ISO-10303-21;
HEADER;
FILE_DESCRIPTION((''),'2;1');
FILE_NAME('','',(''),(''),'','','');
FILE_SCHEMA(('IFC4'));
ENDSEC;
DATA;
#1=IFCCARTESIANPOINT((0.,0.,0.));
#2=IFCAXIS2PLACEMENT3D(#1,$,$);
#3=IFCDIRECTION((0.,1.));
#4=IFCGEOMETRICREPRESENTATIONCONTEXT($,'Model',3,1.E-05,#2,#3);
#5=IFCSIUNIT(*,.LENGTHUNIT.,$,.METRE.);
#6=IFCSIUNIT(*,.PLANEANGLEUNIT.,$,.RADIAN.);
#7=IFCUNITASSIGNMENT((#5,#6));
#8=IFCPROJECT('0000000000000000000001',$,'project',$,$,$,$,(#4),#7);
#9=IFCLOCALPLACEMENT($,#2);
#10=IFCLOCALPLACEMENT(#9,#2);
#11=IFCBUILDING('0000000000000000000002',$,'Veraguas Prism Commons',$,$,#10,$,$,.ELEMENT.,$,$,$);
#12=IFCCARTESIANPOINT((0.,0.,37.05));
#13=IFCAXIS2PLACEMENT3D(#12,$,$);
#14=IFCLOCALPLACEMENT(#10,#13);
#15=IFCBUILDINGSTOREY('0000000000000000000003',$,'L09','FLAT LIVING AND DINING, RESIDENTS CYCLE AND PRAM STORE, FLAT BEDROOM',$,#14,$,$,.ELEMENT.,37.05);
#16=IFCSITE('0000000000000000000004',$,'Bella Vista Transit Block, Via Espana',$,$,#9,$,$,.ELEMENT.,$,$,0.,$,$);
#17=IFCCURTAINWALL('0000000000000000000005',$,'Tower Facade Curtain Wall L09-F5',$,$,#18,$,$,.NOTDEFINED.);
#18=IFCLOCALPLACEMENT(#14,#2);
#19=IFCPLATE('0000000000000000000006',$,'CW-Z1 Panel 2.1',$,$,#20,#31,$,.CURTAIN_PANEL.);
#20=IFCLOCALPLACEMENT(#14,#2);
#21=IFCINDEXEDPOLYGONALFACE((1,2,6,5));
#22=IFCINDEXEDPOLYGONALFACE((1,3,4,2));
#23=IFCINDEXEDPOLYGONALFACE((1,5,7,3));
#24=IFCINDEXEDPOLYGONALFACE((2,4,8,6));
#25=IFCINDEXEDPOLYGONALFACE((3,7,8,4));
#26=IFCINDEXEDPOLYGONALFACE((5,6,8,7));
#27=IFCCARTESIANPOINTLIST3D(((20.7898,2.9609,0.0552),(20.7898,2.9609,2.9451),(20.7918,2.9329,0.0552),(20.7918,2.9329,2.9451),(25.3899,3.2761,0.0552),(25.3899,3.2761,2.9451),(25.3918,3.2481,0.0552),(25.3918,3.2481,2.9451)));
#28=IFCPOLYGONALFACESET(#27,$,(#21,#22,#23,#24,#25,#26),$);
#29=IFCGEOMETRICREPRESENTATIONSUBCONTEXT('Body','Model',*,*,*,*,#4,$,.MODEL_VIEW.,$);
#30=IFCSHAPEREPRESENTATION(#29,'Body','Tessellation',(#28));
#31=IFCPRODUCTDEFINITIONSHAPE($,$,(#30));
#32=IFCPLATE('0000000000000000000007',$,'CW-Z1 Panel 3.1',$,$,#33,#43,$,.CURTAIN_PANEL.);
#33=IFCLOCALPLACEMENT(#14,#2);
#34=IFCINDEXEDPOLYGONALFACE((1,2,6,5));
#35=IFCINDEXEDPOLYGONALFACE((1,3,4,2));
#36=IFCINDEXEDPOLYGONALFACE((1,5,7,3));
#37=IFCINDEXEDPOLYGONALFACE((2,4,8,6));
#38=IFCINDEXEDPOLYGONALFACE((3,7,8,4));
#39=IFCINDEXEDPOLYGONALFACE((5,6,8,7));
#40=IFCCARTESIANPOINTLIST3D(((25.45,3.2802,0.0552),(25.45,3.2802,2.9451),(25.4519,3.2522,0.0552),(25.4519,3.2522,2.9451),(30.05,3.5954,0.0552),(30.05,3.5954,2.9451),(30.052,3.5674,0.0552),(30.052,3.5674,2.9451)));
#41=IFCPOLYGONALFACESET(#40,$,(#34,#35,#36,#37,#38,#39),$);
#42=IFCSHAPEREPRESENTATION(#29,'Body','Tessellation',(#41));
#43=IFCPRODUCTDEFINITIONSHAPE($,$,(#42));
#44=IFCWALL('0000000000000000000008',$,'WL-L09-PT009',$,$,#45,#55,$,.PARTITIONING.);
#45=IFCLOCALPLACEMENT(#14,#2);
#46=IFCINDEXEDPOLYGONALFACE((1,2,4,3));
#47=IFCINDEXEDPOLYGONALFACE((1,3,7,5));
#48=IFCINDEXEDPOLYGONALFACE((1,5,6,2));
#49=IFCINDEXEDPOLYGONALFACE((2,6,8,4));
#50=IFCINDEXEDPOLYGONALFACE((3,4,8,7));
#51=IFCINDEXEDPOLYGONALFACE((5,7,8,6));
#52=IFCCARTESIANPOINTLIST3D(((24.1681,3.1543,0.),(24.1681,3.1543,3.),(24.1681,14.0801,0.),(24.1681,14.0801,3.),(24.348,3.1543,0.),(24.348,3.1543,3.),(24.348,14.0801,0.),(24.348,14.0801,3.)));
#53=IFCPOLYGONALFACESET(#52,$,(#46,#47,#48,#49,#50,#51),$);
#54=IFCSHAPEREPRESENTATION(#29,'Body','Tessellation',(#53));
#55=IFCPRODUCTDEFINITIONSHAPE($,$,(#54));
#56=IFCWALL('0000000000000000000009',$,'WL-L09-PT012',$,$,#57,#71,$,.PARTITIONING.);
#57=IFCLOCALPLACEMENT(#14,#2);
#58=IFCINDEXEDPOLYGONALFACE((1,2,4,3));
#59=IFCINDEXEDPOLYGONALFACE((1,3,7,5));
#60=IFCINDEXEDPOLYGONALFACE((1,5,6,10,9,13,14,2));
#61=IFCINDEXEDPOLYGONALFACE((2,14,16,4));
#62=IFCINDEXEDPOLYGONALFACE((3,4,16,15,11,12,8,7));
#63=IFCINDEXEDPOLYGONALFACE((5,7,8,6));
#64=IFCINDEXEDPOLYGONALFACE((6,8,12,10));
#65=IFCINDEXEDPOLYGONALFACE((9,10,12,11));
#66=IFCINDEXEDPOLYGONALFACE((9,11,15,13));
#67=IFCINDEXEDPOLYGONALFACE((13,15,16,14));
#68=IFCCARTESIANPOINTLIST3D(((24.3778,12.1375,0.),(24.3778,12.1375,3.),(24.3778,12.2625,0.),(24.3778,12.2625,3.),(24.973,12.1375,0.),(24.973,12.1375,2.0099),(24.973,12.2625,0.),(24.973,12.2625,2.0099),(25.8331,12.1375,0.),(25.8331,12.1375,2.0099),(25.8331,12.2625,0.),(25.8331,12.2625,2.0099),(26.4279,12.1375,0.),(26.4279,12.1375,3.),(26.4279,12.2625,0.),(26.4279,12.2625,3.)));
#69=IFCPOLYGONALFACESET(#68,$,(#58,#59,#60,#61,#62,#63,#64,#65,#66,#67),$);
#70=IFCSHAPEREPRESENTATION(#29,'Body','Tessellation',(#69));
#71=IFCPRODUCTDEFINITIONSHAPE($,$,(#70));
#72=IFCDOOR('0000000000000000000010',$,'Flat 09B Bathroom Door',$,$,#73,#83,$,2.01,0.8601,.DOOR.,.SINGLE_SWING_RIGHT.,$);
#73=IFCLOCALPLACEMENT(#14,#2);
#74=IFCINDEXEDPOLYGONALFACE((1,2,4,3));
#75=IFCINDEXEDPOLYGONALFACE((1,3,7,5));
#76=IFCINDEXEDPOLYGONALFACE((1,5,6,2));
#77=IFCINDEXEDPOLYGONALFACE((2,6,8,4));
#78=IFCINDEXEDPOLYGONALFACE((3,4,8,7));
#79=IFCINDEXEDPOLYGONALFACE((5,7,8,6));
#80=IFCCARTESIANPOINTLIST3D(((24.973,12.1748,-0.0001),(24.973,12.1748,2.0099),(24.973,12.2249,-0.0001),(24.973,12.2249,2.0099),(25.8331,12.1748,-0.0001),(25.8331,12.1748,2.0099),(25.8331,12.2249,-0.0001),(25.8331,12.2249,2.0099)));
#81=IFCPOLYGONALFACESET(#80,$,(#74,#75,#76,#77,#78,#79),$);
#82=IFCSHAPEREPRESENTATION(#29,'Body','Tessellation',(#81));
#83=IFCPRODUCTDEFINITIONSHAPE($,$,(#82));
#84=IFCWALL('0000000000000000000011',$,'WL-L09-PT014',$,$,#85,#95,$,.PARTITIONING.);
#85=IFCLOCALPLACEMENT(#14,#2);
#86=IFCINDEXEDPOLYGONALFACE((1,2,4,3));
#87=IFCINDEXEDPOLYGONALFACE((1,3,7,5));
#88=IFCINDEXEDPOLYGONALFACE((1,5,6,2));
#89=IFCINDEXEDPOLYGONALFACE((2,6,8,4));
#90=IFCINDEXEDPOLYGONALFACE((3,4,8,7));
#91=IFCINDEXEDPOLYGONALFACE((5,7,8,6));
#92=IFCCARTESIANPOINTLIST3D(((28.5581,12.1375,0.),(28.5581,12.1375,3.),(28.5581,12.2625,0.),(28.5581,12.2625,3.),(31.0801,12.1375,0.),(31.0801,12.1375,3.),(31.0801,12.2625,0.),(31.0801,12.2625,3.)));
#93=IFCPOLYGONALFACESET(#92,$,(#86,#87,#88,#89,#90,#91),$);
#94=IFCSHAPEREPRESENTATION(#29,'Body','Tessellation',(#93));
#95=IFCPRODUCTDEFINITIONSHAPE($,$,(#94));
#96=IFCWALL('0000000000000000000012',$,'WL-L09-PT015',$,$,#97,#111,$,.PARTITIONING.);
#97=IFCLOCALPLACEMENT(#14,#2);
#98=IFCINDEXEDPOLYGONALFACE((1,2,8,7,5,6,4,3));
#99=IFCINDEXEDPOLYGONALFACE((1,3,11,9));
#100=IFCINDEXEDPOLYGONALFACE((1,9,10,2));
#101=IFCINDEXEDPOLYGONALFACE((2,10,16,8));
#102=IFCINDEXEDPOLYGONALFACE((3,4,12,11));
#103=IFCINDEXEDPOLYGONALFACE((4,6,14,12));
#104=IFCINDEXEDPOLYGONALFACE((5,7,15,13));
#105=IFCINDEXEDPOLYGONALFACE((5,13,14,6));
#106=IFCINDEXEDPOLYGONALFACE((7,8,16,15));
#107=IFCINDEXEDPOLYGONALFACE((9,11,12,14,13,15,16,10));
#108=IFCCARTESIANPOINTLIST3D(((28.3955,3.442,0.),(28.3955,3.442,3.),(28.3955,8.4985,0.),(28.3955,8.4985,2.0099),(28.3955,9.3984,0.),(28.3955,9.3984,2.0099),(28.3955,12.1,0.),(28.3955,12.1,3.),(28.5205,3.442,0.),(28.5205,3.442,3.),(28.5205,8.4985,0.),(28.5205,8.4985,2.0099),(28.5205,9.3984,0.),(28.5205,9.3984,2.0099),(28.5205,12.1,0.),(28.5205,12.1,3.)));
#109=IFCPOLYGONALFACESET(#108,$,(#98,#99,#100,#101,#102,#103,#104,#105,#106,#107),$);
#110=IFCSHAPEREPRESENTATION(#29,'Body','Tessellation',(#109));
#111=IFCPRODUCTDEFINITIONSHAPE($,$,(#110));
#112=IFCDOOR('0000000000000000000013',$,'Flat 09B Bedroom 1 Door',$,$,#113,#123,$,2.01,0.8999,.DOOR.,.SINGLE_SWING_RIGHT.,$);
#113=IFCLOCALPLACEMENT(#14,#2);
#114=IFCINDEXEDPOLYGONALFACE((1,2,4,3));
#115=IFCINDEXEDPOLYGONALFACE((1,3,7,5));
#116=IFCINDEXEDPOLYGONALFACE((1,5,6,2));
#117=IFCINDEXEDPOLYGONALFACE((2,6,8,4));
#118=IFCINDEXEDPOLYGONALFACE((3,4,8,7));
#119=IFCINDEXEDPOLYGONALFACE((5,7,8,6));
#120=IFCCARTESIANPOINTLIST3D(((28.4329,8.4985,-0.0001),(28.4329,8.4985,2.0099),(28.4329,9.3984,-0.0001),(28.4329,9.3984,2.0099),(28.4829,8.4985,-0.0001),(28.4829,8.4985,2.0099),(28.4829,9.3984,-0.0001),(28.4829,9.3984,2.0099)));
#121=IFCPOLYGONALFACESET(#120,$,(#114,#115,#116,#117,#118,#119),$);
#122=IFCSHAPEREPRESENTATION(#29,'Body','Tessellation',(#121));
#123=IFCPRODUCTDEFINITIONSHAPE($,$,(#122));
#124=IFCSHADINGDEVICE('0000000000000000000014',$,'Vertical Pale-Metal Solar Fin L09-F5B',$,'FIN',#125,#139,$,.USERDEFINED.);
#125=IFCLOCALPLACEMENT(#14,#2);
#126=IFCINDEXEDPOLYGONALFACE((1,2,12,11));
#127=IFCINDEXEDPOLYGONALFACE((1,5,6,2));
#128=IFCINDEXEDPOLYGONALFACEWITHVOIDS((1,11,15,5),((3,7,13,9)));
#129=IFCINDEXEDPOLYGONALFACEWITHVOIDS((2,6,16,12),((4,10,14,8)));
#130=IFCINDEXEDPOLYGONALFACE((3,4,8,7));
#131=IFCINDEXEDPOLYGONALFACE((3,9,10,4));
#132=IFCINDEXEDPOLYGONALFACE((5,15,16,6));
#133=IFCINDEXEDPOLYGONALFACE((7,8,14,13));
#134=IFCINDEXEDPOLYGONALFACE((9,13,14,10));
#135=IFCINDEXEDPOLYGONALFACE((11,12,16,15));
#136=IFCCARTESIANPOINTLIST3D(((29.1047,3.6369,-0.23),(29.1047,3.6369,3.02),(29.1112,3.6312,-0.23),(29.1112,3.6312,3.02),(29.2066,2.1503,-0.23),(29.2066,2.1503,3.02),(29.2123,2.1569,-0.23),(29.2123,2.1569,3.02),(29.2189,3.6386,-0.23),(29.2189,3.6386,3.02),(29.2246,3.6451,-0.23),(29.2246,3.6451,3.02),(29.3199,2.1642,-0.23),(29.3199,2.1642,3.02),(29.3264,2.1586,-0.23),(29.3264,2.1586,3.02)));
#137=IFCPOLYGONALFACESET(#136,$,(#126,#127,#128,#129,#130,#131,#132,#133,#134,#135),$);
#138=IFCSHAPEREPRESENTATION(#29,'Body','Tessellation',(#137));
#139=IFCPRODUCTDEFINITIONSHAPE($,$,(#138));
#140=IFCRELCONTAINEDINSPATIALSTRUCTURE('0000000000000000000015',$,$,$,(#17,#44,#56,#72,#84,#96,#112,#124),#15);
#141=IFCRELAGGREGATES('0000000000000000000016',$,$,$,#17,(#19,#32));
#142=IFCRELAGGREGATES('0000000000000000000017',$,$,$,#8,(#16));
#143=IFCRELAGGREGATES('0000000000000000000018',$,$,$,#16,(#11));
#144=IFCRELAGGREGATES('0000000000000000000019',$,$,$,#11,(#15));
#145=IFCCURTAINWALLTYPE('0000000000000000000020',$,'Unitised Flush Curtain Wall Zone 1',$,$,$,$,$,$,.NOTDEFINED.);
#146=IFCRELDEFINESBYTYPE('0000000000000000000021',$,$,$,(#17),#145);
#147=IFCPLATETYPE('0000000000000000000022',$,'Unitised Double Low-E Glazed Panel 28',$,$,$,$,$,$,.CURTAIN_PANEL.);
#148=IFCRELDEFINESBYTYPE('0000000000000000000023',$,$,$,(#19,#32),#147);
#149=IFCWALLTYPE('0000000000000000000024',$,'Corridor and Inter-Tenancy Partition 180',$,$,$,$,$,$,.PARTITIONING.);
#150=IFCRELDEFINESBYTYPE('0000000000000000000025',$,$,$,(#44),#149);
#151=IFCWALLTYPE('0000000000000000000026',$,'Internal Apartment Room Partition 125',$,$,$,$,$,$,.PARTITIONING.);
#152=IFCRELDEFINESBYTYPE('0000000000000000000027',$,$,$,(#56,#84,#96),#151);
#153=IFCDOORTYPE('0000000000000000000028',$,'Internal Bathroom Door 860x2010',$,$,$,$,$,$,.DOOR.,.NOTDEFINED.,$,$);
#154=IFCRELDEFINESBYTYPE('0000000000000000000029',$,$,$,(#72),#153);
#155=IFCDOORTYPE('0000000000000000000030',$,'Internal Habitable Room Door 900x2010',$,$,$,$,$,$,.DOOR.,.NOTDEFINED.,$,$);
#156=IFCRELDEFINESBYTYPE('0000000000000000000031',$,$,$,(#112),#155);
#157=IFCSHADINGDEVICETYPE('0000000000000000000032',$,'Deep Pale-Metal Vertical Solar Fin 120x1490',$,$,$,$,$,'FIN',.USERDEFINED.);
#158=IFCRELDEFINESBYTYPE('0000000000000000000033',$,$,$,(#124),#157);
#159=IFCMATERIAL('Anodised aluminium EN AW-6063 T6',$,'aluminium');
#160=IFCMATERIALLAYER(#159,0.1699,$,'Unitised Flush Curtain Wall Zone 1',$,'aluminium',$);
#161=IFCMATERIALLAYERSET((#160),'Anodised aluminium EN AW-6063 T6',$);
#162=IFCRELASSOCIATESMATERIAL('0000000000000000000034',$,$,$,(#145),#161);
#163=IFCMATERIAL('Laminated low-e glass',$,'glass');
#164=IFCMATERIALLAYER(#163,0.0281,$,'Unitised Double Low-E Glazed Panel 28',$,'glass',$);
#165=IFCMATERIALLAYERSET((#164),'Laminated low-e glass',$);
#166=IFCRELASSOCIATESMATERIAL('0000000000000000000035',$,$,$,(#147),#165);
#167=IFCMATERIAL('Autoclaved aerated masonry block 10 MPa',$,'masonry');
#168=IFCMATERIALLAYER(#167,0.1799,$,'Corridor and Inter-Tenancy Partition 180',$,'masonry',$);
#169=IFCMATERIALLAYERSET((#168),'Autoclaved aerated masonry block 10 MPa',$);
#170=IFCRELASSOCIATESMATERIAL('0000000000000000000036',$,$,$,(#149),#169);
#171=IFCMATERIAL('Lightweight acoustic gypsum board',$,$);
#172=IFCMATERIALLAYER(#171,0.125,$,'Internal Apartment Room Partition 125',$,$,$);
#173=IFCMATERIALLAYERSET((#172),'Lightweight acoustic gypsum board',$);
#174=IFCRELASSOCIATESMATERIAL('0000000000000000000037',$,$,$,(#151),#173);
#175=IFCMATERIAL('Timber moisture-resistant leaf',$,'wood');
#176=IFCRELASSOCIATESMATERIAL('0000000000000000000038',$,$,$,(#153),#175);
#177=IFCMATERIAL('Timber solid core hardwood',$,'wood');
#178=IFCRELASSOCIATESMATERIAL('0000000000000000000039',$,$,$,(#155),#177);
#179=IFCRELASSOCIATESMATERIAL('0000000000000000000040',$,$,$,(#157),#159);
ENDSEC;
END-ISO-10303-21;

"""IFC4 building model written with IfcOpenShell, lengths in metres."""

from ifc_helpers import new_model, si_unit, direction, frame, frame_2d, origin, origin_2d, place, context, subcontext, project, spatial, rectangle, hollow_rectangle, extrude, source, transform, mapped, material, layer, layer_set, material_profile, profile_set, type_object, element, fill, aggregate, save


model = new_model("IFC4")

# Units and contexts
model_context = context("Model", 3, precision=1e-05, world=origin(), true_north=direction((0.0, 1.0)))
body_context = subcontext(model_context, "Body", "Model", "MODEL_VIEW")
ifc_project = project(units=[si_unit("LENGTHUNIT", "METRE"), si_unit("PLANEANGLEUNIT", "RADIAN")], contexts=[model_context])

# Site, building, storey
site_placement = place(None, origin())
site = spatial("IfcSite", under=ifc_project, at=site_placement, Name="Bella Vista Transit Block, Via Espana", CompositionType="ELEMENT", RefElevation=0.0)
building_placement = place(site_placement, origin())
building = spatial("IfcBuilding", under=site, at=building_placement, Name="Veraguas Prism Commons", CompositionType="ELEMENT")
storey_placement = place(building_placement, frame((0.0, 0.0, 37.05)))
storey = spatial("IfcBuildingStorey", under=building, at=storey_placement, Name="L09", Description="FLAT LIVING AND DINING, RESIDENTS CYCLE AND PRAM STORE, FLAT BEDROOM", CompositionType="ELEMENT", Elevation=37.05)

# Curtain wall, plates
ifc_material_1 = material(Name="Anodised aluminium EN AW-6063 T6", Category="aluminium")
ifc_layer_1 = layer(ifc_material_1, 0.1699, Name="Unitised Flush Curtain Wall Zone 1", Category="aluminium")
ifc_layer_set_1 = layer_set([ifc_layer_1], Name="Anodised aluminium EN AW-6063 T6")
curtain_wall_type = type_object("IfcCurtainWallType", Name="Unitised Flush Curtain Wall Zone 1", PredefinedType="NOTDEFINED", material=ifc_layer_set_1)
curtain_wall_placement = place(storey_placement, origin())
curtain_wall = element("IfcCurtainWall", 1, at=curtain_wall_placement, inside=storey, type_object=curtain_wall_type, Name="Tower Facade Curtain Wall L09-F5", PredefinedType="NOTDEFINED")
ifc_material_2 = material(Name="Laminated low-e glass", Category="glass")
ifc_layer_2 = layer(ifc_material_2, 0.0281, Name="Unitised Double Low-E Glazed Panel 28", Category="glass")
ifc_layer_set_2 = layer_set([ifc_layer_2], Name="Laminated low-e glass")
plate_type = type_object("IfcPlateType", Name="Unitised Double Low-E Glazed Panel 28", PredefinedType="CURTAIN_PANEL", material=ifc_layer_set_2)
shared_shape_1 = source(origin(), body_context, "Body", "SweptSolid", [
    extrude(rectangle(XDim=4.6108, YDim=0.0281, at=origin_2d()), origin(), (0.0, 0.0, 1.0), 2.8899),
])
plate_1_placement = place(storey_placement, frame((23.0908, 3.1045, 0.0552), z_axis=(0.0, 0.0, 1.0), x_axis=(0.99766, 0.068364, 0.0)))
plate_1 = element("IfcPlate", 2, at=plate_1_placement, type_object=plate_type, Name="CW-Z1 Panel 2.1", PredefinedType="CURTAIN_PANEL", context=body_context, shape_type="MappedRepresentation", body=[
    mapped(shared_shape_1, transform((0.0, 0.0, 0.0), scale=1.0)),
])
plate_2_placement = place(storey_placement, frame((27.751, 3.4238, 0.0552), z_axis=(0.0, 0.0, 1.0), x_axis=(0.99766, 0.068364, 0.0)))
plate_2 = element("IfcPlate", 3, at=plate_2_placement, type_object=plate_type, Name="CW-Z1 Panel 3.1", PredefinedType="CURTAIN_PANEL", context=body_context, shape_type="MappedRepresentation", body=[
    mapped(shared_shape_1, transform((0.0, 0.0, 0.0), scale=1.0)),
])
aggregate(curtain_wall, [plate_1, plate_2])

# Wall
ifc_material_3 = material(Name="Autoclaved aerated masonry block 10 MPa", Category="masonry")
ifc_layer_3 = layer(ifc_material_3, 0.1799, Name="Corridor and Inter-Tenancy Partition 180", Category="masonry")
ifc_layer_set_3 = layer_set([ifc_layer_3], Name="Autoclaved aerated masonry block 10 MPa")
wall_type_1 = type_object("IfcWallType", Name="Corridor and Inter-Tenancy Partition 180", PredefinedType="PARTITIONING", material=ifc_layer_set_3)
wall_1_placement = place(storey_placement, frame((24.2581, 14.0801, 0.0), z_axis=(0.0, 0.0, 1.0), x_axis=(0.0, -1.0, 0.0)))
element("IfcWall", 4, at=wall_1_placement, inside=storey, type_object=wall_type_1, Name="WL-L09-PT009", PredefinedType="PARTITIONING", context=body_context, shape_type="SweptSolid", body=[
    extrude(rectangle(XDim=10.9258, YDim=0.1799, at=frame_2d((5.4629, 0.0))), origin(), (0.0, 0.0, 1.0), 3.0),
])

# Wall, opening, door
ifc_material_4 = material(Name="Lightweight acoustic gypsum board")
ifc_layer_4 = layer(ifc_material_4, 0.125, Name="Internal Apartment Room Partition 125")
ifc_layer_set_4 = layer_set([ifc_layer_4], Name="Lightweight acoustic gypsum board")
wall_type_2 = type_object("IfcWallType", Name="Internal Apartment Room Partition 125", PredefinedType="PARTITIONING", material=ifc_layer_set_4)
wall_2_placement = place(storey_placement, frame((24.3779, 12.2, 0.0), z_axis=(0.0, 0.0, 1.0), x_axis=(1.0, 0.0, 0.0)))
wall_2 = element("IfcWall", 5, at=wall_2_placement, inside=storey, type_object=wall_type_2, Name="WL-L09-PT012", PredefinedType="PARTITIONING", context=body_context, shape_type="SweptSolid", body=[
    extrude(rectangle(XDim=2.05, YDim=0.125, at=frame_2d((1.0249, 0.0))), origin(), (0.0, 0.0, 1.0), 3.0),
])
opening_1_placement = place(wall_2_placement, frame((0.595, 0.0, 0.0)))
opening_1 = element("IfcOpeningElement", 6, at=opening_1_placement, cuts=wall_2, PredefinedType="OPENING", context=body_context, shape_type="SweptSolid", body=[
    extrude(rectangle(XDim=0.8601, YDim=2.01, at=frame_2d((0.4302, 1.0049))), frame((0.0, 0.0725, 0.0), z_axis=(0.0, -1.0, 0.0), x_axis=(1.0, 0.0, 0.0)), (0.0, 0.0, 1.0), 0.145),
])
ifc_material_5 = material(Name="Timber moisture-resistant leaf", Category="wood")
door_type_1 = type_object("IfcDoorType", Name="Internal Bathroom Door 860x2010", OperationType="NOTDEFINED", PredefinedType="DOOR", material=ifc_material_5)
shared_shape_2 = source(origin(), body_context, "Body", "SweptSolid", [
    extrude(rectangle(XDim=0.8601, YDim=2.01, at=frame_2d((0.4302, 1.0049))), frame((0.0, 0.0249, 0.0), z_axis=(0.0, -1.0, 0.0), x_axis=(1.0, 0.0, 0.0)), (0.0, 0.0, 1.0), 0.05),
])
door_1_placement = place(opening_1_placement, origin())
door_1 = element("IfcDoor", 7, at=door_1_placement, inside=storey, type_object=door_type_1, Name="Flat 09B Bathroom Door", OperationType="SINGLE_SWING_RIGHT", OverallHeight=2.01, OverallWidth=0.8601, PredefinedType="DOOR", context=body_context, shape_type="MappedRepresentation", body=[
    mapped(shared_shape_2, transform((0.0, 0.0, 0.0), scale=1.0)),
])
fill(opening_1, door_1)

# Wall
wall_3_placement = place(storey_placement, frame((28.5581, 12.2, 0.0), z_axis=(0.0, 0.0, 1.0), x_axis=(1.0, 0.0, 0.0)))
element("IfcWall", 8, at=wall_3_placement, inside=storey, type_object=wall_type_2, Name="WL-L09-PT014", PredefinedType="PARTITIONING", context=body_context, shape_type="SweptSolid", body=[
    extrude(rectangle(XDim=2.522, YDim=0.125, at=frame_2d((1.261, 0.0))), origin(), (0.0, 0.0, 1.0), 3.0),
])

# Wall, opening, door
wall_4_placement = place(storey_placement, frame((28.458, 12.1001, 0.0), z_axis=(0.0, 0.0, 1.0), x_axis=(0.0, -1.0, 0.0)))
wall_4 = element("IfcWall", 9, at=wall_4_placement, inside=storey, type_object=wall_type_2, Name="WL-L09-PT015", PredefinedType="PARTITIONING", context=body_context, shape_type="SweptSolid", body=[
    extrude(rectangle(XDim=8.658, YDim=0.125, at=frame_2d((4.3291, 0.0))), origin(), (0.0, 0.0, 1.0), 3.0),
])
opening_2_placement = place(wall_4_placement, frame((2.7017, 0.0, 0.0)))
opening_2 = element("IfcOpeningElement", 10, at=opening_2_placement, cuts=wall_4, PredefinedType="OPENING", context=body_context, shape_type="SweptSolid", body=[
    extrude(rectangle(XDim=0.8999, YDim=2.01, at=frame_2d((0.45, 1.0049))), frame((0.0, 0.0725, 0.0), z_axis=(0.0, -1.0, 0.0), x_axis=(1.0, 0.0, 0.0)), (0.0, 0.0, 1.0), 0.145),
])
ifc_material_6 = material(Name="Timber solid core hardwood", Category="wood")
door_type_2 = type_object("IfcDoorType", Name="Internal Habitable Room Door 900x2010", OperationType="NOTDEFINED", PredefinedType="DOOR", material=ifc_material_6)
shared_shape_3 = source(origin(), body_context, "Body", "SweptSolid", [
    extrude(rectangle(XDim=0.8999, YDim=2.01, at=frame_2d((0.45, 1.0049))), frame((0.0, 0.0249, 0.0), z_axis=(0.0, -1.0, 0.0), x_axis=(1.0, 0.0, 0.0)), (0.0, 0.0, 1.0), 0.05),
])
door_2_placement = place(opening_2_placement, origin())
door_2 = element("IfcDoor", 11, at=door_2_placement, inside=storey, type_object=door_type_2, Name="Flat 09B Bedroom 1 Door", OperationType="SINGLE_SWING_RIGHT", OverallHeight=2.01, OverallWidth=0.8999, PredefinedType="DOOR", context=body_context, shape_type="MappedRepresentation", body=[
    mapped(shared_shape_3, transform((0.0, 0.0, 0.0), scale=1.0)),
])
fill(opening_2, door_2)

# Shading device
ifc_material_profile_1 = material_profile(ifc_material_1, hollow_rectangle(XDim=0.1201, YDim=1.49, WallThickness=0.0061, at=origin_2d()), Name="FIN120X1490X6")
ifc_profile_set_1 = profile_set([ifc_material_profile_1], Name="Anodised aluminium EN AW-6063 T6")
shading_device_type = type_object("IfcShadingDeviceType", Name="Deep Pale-Metal Vertical Solar Fin 120x1490", ElementType="FIN", PredefinedType="USERDEFINED", material=ifc_profile_set_1)
shading_device_placement = place(storey_placement, frame((29.2156, 2.8977, -0.23), z_axis=(0.0, 0.0, 1.0), x_axis=(0.99766, 0.068364, 0.0)))
element("IfcShadingDevice", 12, at=shading_device_placement, inside=storey, type_object=shading_device_type, Name="Vertical Pale-Metal Solar Fin L09-F5B", ObjectType="FIN", PredefinedType="USERDEFINED", context=body_context, shape_type="SweptSolid", body=[
    extrude(hollow_rectangle(XDim=0.1201, YDim=1.49, WallThickness=0.0061, at=origin_2d()), origin(), (0.0, 0.0, 1.0), 3.25),
])

save(model, "model.ifc")
